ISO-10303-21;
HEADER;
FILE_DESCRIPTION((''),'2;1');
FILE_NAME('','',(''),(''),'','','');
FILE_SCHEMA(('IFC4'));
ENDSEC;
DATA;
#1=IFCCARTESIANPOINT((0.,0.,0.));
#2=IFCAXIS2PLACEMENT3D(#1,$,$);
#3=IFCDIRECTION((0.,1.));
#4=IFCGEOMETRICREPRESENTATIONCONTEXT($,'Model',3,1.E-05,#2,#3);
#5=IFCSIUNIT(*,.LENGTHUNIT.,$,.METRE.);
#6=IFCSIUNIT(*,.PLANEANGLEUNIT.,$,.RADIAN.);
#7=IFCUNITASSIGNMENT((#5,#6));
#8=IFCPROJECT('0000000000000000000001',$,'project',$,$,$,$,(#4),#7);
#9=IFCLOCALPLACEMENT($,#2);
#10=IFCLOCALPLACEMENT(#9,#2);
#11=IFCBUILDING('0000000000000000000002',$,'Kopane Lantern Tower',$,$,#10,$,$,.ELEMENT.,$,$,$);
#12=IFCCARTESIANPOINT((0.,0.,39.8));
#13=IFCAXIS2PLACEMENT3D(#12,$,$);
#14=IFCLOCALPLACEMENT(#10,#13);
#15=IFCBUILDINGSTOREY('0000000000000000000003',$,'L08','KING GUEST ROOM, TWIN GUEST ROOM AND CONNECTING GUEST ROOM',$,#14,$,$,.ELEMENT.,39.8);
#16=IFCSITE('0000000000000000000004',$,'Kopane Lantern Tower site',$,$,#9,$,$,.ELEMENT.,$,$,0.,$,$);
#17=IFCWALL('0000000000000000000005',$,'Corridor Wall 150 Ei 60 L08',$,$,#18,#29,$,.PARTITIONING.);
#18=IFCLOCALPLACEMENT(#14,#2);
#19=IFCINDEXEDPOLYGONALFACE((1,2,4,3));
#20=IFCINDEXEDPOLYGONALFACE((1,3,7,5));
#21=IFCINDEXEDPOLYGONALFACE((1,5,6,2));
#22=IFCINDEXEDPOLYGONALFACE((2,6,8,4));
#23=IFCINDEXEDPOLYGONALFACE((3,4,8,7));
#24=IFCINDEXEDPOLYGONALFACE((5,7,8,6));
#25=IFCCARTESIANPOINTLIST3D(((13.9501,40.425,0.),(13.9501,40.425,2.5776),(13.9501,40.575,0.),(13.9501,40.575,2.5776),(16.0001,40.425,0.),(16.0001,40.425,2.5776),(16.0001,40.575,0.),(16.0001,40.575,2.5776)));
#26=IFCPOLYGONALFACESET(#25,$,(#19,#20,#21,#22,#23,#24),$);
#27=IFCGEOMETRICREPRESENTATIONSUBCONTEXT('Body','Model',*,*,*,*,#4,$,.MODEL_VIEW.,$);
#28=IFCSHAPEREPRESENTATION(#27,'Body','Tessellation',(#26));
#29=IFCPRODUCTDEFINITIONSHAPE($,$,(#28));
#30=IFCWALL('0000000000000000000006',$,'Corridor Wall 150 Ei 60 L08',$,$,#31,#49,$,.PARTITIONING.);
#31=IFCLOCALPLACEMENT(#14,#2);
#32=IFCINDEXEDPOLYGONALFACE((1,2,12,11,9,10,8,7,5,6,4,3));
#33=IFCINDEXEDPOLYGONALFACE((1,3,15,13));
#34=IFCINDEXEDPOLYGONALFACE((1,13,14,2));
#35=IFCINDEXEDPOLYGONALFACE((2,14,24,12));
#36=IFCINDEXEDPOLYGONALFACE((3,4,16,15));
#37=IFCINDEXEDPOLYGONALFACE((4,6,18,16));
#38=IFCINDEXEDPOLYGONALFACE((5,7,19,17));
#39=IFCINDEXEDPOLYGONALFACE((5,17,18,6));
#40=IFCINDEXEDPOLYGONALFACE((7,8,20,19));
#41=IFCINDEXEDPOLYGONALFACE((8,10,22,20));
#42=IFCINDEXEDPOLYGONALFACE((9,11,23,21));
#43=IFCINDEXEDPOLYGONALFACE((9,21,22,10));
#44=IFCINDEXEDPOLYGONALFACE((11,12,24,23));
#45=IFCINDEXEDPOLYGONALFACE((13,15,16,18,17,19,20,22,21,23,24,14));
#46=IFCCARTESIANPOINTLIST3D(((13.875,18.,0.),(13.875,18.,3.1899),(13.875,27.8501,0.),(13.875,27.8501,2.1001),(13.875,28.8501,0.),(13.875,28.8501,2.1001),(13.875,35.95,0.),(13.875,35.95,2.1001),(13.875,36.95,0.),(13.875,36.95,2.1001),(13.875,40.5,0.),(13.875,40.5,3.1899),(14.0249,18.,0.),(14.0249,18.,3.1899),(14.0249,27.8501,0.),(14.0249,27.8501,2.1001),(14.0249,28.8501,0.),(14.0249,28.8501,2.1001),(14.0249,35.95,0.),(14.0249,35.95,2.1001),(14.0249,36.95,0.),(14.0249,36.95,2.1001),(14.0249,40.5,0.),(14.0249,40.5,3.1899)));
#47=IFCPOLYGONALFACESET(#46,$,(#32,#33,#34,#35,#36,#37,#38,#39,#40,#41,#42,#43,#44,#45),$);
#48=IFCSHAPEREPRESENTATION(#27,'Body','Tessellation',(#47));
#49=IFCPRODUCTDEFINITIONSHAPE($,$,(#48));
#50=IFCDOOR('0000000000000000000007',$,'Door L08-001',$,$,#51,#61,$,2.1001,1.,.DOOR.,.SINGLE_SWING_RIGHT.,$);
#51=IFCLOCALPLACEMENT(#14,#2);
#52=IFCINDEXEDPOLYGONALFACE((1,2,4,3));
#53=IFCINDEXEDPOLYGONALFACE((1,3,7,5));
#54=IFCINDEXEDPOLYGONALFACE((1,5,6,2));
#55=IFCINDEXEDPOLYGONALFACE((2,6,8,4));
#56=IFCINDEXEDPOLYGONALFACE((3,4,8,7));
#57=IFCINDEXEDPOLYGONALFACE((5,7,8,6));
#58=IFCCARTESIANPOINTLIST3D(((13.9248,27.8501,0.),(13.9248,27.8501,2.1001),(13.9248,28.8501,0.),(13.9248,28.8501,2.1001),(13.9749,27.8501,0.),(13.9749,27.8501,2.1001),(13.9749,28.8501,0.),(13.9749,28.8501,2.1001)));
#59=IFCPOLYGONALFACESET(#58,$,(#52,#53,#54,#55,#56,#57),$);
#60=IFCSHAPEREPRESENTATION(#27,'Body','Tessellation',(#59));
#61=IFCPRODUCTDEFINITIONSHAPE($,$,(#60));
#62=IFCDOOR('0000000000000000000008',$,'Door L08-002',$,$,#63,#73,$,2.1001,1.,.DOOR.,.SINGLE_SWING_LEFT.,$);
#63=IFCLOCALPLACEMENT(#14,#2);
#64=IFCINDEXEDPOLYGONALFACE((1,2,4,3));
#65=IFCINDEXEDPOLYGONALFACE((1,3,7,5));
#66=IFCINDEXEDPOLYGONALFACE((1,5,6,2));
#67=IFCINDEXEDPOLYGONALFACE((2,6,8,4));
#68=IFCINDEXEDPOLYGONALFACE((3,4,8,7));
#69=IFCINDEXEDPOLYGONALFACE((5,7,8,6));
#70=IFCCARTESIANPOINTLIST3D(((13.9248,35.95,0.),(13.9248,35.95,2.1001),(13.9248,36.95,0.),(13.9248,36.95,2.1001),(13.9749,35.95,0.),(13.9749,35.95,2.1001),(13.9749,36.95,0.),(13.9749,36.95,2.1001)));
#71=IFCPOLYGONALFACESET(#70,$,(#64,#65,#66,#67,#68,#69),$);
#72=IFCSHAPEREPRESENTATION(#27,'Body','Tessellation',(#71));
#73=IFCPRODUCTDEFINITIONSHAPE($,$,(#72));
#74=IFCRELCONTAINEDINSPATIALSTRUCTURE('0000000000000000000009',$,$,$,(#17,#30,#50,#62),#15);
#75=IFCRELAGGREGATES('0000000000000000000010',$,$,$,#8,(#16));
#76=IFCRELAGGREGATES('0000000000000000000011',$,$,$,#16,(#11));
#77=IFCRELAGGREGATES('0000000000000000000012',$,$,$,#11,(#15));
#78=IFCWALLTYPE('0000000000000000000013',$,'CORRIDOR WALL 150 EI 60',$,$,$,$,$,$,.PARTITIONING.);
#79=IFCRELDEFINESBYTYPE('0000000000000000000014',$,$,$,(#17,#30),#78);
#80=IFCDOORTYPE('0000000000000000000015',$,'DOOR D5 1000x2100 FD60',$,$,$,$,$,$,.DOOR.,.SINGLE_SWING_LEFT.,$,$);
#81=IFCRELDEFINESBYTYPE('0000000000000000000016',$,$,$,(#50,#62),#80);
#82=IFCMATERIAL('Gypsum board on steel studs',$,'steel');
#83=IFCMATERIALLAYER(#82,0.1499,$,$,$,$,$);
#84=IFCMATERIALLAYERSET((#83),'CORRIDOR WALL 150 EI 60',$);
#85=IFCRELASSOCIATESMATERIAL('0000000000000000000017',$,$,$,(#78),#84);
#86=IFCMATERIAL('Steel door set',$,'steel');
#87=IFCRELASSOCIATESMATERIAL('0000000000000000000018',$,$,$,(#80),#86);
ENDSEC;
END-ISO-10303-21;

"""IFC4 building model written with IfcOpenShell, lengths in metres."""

from ifc_helpers import new_model, si_unit, direction, frame, frame_2d, origin, place, context, subcontext, project, spatial, rectangle, extrude, material, layer, layer_set, type_object, element, fill, save


model = new_model("IFC4")

# Units and contexts
model_context = context("Model", 3, precision=1e-05, world=origin(), true_north=direction((0.0, 1.0)))
body_context = subcontext(model_context, "Body", "Model", "MODEL_VIEW")
ifc_project = project(units=[si_unit("LENGTHUNIT", "METRE"), si_unit("PLANEANGLEUNIT", "RADIAN")], contexts=[model_context])

# Site, building, storey
site_placement = place(None, origin())
site = spatial("IfcSite", under=ifc_project, at=site_placement, Name="Kopane Lantern Tower site", CompositionType="ELEMENT", RefElevation=0.0)
building_placement = place(site_placement, origin())
building = spatial("IfcBuilding", under=site, at=building_placement, Name="Kopane Lantern Tower", CompositionType="ELEMENT")
storey_placement = place(building_placement, frame((0.0, 0.0, 39.8)))
storey = spatial("IfcBuildingStorey", under=building, at=storey_placement, Name="L08", Description="KING GUEST ROOM, TWIN GUEST ROOM AND CONNECTING GUEST ROOM", CompositionType="ELEMENT", Elevation=39.8)

# Shared definitions
ifc_material_1 = material(Name="Gypsum board on steel studs", Category="steel")
ifc_layer_1 = layer(ifc_material_1, 0.1499)
ifc_layer_set_1 = layer_set([ifc_layer_1], Name="CORRIDOR WALL 150 EI 60")
wall_type_1 = type_object("IfcWallType", Name="CORRIDOR WALL 150 EI 60", PredefinedType="PARTITIONING", material=ifc_layer_set_1)

# Wall
wall_1_placement = place(storey_placement, frame((16.0, 40.5, 0.0), z_axis=(0.0, 0.0, 1.0), x_axis=(-1.0, 0.0, 0.0)))
element("IfcWall", 1, at=wall_1_placement, inside=storey, type_object=wall_type_1, Name="Corridor Wall 150 Ei 60 L08", PredefinedType="PARTITIONING", context=body_context, shape_type="SweptSolid", body=[
    extrude(rectangle(XDim=2.05, YDim=0.1499, at=frame_2d((1.0249, 0.0))), origin(), (0.0, 0.0, 1.0), 2.5776),
])

# Wall, openings, doors
wall_2_placement = place(storey_placement, frame((13.95, 40.5, 0.0), z_axis=(0.0, 0.0, 1.0), x_axis=(0.0, -1.0, 0.0)))
wall_2 = element("IfcWall", 2, at=wall_2_placement, inside=storey, type_object=wall_type_1, Name="Corridor Wall 150 Ei 60 L08", PredefinedType="PARTITIONING", context=body_context, shape_type="SweptSolid", body=[
    extrude(rectangle(XDim=22.5, YDim=0.1499, at=frame_2d((11.25, 0.0))), origin(), (0.0, 0.0, 1.0), 3.1899),
])
opening_1_placement = place(wall_2_placement, frame((11.6499, 0.0, 0.0)))
opening_1 = element("IfcOpeningElement", 3, at=opening_1_placement, cuts=wall_2, PredefinedType="OPENING", context=body_context, shape_type="SweptSolid", body=[
    extrude(rectangle(XDim=1.0, YDim=2.1001, at=frame_2d((0.5, 1.05))), frame((0.0, 0.085, 0.0), z_axis=(0.0, -1.0, 0.0), x_axis=(1.0, 0.0, 0.0)), (0.0, 0.0, 1.0), 0.1699),
])
opening_2_placement = place(wall_2_placement, frame((3.55, 0.0, 0.0)))
opening_2 = element("IfcOpeningElement", 4, at=opening_2_placement, cuts=wall_2, PredefinedType="OPENING", context=body_context, shape_type="SweptSolid", body=[
    extrude(rectangle(XDim=1.0, YDim=2.1001, at=frame_2d((0.5, 1.05))), frame((0.0, 0.085, 0.0), z_axis=(0.0, -1.0, 0.0), x_axis=(1.0, 0.0, 0.0)), (0.0, 0.0, 1.0), 0.1699),
])
ifc_material_2 = material(Name="Steel door set", Category="steel")
door_type_1 = type_object("IfcDoorType", Name="DOOR D5 1000x2100 FD60", OperationType="SINGLE_SWING_LEFT", PredefinedType="DOOR", material=ifc_material_2)
door_1_placement = place(opening_1_placement, origin())
door_1 = element("IfcDoor", 5, at=door_1_placement, inside=storey, type_object=door_type_1, Name="Door L08-001", OperationType="SINGLE_SWING_RIGHT", OverallHeight=2.1001, OverallWidth=1.0, PredefinedType="DOOR", context=body_context, shape_type="SweptSolid", body=[
    extrude(rectangle(XDim=1.0, YDim=2.1001, at=frame_2d((0.5, 1.05))), frame((0.0, 0.0249, 0.0), z_axis=(0.0, -1.0, 0.0), x_axis=(1.0, 0.0, 0.0)), (0.0, 0.0, 1.0), 0.05),
])
fill(opening_1, door_1)
door_2_placement = place(opening_2_placement, origin())
door_2 = element("IfcDoor", 6, at=door_2_placement, inside=storey, type_object=door_type_1, Name="Door L08-002", OperationType="SINGLE_SWING_LEFT", OverallHeight=2.1001, OverallWidth=1.0, PredefinedType="DOOR", context=body_context, shape_type="SweptSolid", body=[
    extrude(rectangle(XDim=1.0, YDim=2.1001, at=frame_2d((0.5, 1.05))), frame((0.0, 0.0249, 0.0), z_axis=(0.0, -1.0, 0.0), x_axis=(1.0, 0.0, 0.0)), (0.0, 0.0, 1.0), 0.05),
])
fill(opening_2, door_2)

save(model, "model.ifc")
